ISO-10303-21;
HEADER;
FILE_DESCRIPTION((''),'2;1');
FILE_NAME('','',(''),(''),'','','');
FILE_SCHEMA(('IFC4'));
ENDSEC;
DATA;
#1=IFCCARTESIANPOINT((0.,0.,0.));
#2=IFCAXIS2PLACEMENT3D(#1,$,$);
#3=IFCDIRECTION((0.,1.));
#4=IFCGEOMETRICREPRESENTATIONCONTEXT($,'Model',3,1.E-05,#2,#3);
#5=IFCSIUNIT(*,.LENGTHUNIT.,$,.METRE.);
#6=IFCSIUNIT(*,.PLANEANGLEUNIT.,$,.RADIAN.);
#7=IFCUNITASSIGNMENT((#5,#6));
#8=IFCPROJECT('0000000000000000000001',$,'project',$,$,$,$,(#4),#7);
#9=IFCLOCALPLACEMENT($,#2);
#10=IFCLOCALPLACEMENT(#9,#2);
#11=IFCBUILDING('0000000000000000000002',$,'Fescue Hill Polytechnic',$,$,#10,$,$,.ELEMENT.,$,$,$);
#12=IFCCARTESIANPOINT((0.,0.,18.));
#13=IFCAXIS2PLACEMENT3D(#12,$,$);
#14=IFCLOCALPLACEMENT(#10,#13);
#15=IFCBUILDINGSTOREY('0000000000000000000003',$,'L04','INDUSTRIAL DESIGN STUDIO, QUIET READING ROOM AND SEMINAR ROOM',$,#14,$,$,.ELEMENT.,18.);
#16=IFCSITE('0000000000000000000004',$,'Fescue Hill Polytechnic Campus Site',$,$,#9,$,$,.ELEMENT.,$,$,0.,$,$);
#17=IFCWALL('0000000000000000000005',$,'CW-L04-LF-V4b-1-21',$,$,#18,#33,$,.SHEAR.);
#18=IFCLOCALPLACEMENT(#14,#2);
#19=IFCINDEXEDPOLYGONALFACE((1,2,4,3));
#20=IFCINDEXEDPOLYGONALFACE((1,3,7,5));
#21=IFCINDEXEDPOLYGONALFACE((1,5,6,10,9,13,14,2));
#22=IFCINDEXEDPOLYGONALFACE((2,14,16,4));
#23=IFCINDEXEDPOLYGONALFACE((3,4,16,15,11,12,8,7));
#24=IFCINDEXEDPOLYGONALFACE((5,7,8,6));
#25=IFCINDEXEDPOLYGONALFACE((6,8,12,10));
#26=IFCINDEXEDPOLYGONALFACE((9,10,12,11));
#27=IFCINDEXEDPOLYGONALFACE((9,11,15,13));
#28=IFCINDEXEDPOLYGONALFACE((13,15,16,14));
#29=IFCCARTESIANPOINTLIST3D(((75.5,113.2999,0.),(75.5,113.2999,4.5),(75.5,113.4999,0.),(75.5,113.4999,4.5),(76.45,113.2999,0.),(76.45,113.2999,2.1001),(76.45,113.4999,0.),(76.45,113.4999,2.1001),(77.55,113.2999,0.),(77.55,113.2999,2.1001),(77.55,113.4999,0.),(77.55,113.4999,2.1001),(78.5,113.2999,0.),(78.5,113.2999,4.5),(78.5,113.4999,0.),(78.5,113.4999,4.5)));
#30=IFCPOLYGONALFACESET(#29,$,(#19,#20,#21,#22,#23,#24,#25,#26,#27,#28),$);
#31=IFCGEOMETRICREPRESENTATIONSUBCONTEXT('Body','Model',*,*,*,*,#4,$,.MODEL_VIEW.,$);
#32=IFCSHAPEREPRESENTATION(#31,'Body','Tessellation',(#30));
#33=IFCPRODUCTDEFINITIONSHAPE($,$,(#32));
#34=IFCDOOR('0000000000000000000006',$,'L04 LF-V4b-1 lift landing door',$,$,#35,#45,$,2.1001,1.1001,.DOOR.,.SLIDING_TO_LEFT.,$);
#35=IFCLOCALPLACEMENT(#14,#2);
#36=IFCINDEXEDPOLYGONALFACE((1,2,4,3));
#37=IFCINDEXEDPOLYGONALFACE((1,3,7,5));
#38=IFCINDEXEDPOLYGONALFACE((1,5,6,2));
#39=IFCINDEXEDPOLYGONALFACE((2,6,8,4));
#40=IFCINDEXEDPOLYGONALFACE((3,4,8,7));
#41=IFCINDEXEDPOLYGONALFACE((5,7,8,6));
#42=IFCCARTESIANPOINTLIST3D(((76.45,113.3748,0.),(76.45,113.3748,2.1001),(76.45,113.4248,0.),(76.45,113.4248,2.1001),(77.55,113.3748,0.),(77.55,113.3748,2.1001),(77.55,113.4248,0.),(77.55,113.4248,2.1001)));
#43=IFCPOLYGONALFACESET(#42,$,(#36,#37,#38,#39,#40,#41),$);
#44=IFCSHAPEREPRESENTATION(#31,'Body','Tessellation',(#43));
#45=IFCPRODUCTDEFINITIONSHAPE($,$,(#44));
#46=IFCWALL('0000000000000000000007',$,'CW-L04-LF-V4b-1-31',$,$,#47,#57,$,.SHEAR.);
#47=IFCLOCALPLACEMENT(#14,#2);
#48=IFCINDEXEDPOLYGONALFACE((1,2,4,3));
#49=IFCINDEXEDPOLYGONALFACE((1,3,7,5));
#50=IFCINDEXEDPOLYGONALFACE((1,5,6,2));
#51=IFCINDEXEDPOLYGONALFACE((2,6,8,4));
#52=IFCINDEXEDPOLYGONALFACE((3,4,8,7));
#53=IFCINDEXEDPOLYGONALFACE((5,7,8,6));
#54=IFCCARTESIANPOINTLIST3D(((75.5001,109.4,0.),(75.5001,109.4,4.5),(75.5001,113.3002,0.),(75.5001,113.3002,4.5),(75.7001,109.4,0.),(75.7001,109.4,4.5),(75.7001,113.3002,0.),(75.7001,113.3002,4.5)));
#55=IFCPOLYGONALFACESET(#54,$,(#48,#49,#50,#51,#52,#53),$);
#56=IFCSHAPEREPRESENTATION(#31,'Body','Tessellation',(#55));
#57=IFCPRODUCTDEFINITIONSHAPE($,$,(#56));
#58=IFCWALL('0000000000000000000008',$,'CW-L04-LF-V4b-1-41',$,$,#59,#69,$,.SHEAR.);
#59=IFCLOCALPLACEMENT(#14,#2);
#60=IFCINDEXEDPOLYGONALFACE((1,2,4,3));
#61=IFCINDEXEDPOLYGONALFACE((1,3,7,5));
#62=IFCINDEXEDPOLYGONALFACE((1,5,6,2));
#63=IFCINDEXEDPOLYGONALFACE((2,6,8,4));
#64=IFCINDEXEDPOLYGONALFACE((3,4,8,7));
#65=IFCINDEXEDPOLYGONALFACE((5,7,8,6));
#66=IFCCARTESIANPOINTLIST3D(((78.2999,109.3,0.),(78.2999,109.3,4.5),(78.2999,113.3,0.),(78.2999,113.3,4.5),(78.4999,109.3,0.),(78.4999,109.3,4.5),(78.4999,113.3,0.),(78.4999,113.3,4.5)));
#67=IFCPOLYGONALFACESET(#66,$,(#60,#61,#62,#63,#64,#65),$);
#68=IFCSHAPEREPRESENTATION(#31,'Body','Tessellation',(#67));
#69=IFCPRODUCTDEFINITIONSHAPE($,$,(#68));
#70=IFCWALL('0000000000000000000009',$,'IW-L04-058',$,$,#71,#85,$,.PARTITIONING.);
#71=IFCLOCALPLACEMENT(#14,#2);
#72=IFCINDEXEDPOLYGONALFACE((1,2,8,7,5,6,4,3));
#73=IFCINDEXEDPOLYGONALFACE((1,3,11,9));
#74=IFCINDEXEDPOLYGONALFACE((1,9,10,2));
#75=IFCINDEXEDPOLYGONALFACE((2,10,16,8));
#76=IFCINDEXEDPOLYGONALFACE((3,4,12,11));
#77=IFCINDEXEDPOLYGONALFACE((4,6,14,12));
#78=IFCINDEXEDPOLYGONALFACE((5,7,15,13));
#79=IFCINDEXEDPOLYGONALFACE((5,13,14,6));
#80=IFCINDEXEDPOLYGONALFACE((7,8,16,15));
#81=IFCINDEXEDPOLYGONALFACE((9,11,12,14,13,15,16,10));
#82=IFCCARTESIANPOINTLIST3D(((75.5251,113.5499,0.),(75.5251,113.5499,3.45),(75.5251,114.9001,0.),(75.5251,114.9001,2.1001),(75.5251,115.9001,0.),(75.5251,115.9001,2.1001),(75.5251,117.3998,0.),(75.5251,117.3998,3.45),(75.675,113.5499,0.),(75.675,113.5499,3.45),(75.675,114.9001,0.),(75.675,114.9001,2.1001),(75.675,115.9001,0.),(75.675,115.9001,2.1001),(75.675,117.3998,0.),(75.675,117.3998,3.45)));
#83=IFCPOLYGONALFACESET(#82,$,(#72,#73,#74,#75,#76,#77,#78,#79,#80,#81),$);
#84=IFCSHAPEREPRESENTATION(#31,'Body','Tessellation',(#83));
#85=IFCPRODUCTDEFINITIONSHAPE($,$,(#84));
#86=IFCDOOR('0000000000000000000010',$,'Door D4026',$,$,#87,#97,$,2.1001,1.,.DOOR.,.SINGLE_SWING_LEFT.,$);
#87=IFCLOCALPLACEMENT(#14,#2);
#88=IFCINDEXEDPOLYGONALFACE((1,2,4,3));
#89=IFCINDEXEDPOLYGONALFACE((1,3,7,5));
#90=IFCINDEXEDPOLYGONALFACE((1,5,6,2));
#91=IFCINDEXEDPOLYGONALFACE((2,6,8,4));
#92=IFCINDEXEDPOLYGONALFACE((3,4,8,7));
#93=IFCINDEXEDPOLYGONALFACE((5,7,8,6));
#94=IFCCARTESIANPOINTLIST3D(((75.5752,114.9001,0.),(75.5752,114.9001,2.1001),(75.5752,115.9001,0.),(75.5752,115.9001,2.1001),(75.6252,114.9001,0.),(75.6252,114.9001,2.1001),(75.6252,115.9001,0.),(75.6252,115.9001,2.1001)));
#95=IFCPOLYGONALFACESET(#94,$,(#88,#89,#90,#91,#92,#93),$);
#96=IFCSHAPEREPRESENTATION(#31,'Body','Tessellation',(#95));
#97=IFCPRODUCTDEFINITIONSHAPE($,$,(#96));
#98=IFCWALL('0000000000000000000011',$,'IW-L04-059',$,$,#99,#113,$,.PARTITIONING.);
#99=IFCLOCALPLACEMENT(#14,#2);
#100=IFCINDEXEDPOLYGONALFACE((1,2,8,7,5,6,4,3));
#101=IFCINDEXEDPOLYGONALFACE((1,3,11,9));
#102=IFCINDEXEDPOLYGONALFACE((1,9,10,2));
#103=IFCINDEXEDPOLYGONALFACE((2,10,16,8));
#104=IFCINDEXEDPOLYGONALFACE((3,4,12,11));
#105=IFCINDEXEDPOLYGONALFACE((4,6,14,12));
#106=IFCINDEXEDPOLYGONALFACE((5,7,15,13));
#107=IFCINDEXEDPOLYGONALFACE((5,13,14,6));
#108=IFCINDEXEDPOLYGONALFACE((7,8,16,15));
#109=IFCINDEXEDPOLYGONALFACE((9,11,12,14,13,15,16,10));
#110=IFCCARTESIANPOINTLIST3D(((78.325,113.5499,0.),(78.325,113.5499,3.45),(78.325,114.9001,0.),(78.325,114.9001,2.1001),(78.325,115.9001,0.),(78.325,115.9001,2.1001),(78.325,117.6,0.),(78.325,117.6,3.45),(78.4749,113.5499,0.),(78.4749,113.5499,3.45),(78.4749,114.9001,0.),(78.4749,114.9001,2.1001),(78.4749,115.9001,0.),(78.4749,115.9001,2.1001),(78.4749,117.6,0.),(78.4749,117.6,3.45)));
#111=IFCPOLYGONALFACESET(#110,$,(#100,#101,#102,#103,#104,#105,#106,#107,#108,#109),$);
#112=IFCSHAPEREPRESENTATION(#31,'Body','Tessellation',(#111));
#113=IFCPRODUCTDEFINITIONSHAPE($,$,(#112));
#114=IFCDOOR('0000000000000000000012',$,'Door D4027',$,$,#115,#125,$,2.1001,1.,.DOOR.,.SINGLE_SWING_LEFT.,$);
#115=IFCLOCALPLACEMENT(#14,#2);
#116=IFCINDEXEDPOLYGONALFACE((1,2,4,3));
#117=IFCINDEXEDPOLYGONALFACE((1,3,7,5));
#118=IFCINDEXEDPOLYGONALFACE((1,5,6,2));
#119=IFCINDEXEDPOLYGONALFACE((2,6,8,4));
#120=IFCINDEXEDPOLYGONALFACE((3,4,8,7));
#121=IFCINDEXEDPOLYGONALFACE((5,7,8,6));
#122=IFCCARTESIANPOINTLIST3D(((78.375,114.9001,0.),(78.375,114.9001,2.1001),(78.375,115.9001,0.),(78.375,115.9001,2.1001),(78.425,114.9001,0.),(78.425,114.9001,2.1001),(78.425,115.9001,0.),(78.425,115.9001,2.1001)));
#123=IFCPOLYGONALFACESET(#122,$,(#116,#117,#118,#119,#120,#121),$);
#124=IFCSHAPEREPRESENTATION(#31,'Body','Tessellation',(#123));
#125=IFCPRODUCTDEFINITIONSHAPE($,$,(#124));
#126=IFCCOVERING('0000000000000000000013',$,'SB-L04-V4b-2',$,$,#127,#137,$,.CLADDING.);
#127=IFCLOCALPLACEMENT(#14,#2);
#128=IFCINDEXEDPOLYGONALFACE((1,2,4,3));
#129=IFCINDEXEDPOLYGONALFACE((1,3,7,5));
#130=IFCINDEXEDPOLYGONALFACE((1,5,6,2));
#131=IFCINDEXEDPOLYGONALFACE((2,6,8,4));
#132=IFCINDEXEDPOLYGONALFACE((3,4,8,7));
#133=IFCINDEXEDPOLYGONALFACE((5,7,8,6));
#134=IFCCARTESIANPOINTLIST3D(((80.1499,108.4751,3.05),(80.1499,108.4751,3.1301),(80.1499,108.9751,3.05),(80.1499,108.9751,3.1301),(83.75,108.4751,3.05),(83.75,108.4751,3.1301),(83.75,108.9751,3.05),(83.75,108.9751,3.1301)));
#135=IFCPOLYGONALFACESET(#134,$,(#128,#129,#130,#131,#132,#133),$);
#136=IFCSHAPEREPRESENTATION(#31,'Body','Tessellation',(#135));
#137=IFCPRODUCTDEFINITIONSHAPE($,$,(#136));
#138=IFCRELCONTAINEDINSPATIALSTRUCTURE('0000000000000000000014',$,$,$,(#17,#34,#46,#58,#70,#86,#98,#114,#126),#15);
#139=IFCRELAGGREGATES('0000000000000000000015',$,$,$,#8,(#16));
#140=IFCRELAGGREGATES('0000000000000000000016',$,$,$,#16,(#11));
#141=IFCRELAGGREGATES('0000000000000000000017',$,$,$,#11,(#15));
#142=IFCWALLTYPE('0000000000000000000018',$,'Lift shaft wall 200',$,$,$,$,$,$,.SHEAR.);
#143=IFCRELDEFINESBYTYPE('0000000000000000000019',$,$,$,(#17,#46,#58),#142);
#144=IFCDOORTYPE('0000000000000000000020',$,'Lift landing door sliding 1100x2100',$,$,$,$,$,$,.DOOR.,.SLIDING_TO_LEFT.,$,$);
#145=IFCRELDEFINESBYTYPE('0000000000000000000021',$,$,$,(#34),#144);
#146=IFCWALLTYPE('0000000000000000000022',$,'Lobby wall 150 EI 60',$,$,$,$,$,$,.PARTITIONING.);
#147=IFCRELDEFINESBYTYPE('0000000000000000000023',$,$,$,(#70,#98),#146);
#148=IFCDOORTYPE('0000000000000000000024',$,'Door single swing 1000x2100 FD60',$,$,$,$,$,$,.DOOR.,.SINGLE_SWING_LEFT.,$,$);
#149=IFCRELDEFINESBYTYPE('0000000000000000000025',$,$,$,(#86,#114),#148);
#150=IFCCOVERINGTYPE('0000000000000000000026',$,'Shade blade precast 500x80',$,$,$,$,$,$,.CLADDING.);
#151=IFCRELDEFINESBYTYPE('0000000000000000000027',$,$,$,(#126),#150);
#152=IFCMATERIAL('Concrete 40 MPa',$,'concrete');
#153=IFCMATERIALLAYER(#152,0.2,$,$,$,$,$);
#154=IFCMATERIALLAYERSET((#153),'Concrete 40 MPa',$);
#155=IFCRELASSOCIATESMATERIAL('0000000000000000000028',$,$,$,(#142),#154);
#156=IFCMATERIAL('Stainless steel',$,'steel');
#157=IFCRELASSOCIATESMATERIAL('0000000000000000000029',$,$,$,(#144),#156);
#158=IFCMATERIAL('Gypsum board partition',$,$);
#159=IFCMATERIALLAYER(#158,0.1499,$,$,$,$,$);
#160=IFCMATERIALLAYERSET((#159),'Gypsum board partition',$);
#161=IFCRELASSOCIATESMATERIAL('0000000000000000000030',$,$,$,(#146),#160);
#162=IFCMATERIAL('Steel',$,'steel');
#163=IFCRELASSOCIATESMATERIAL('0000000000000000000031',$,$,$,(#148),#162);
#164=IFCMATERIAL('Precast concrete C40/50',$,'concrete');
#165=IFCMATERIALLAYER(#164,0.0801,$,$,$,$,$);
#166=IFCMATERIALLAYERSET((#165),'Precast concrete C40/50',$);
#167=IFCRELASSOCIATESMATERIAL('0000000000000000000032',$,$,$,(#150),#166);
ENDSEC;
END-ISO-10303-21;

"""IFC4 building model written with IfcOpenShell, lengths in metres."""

from ifc_helpers import new_model, si_unit, direction, frame, frame_2d, origin, origin_2d, place, context, subcontext, project, spatial, rectangle, extrude, material, layer, layer_set, type_object, element, fill, save


model = new_model("IFC4")

# Units and contexts
model_context = context("Model", 3, precision=1e-05, world=origin(), true_north=direction((0.0, 1.0)))
body_context = subcontext(model_context, "Body", "Model", "MODEL_VIEW")
ifc_project = project(units=[si_unit("LENGTHUNIT", "METRE"), si_unit("PLANEANGLEUNIT", "RADIAN")], contexts=[model_context])

# Site, building, storey
site_placement = place(None, origin())
site = spatial("IfcSite", under=ifc_project, at=site_placement, Name="Fescue Hill Polytechnic Campus Site", CompositionType="ELEMENT", RefElevation=0.0)
building_placement = place(site_placement, origin())
building = spatial("IfcBuilding", under=site, at=building_placement, Name="Fescue Hill Polytechnic", CompositionType="ELEMENT")
storey_placement = place(building_placement, frame((0.0, 0.0, 18.0)))
storey = spatial("IfcBuildingStorey", under=building, at=storey_placement, Name="L04", Description="INDUSTRIAL DESIGN STUDIO, QUIET READING ROOM AND SEMINAR ROOM", CompositionType="ELEMENT", Elevation=18.0)

# Shared definitions
ifc_material_1 = material(Name="Concrete 40 MPa", Category="concrete")

# Wall, opening, door
ifc_layer_1 = layer(ifc_material_1, 0.2)
ifc_layer_set_1 = layer_set([ifc_layer_1], Name="Concrete 40 MPa")
wall_type_1 = type_object("IfcWallType", Name="Lift shaft wall 200", PredefinedType="SHEAR", material=ifc_layer_set_1)
wall_1_placement = place(storey_placement, frame((75.5, 113.3999, 0.0), z_axis=(0.0, 0.0, 1.0), x_axis=(1.0, 0.0, 0.0)))
wall_1 = element("IfcWall", 1, at=wall_1_placement, inside=storey, type_object=wall_type_1, Name="CW-L04-LF-V4b-1-21", PredefinedType="SHEAR", context=body_context, shape_type="SweptSolid", body=[
    extrude(rectangle(XDim=3.0, YDim=0.2, at=frame_2d((1.5, 0.0))), origin(), (0.0, 0.0, 1.0), 4.5),
])
opening_1_placement = place(wall_1_placement, frame((0.95, 0.0, 0.0)))
opening_1 = element("IfcOpeningElement", 2, at=opening_1_placement, cuts=wall_1, PredefinedType="OPENING", context=body_context, shape_type="SweptSolid", body=[
    extrude(rectangle(XDim=1.1001, YDim=2.1001, at=frame_2d((0.55, 1.05))), frame((0.0, 0.1099, 0.0), z_axis=(0.0, -1.0, 0.0), x_axis=(1.0, 0.0, 0.0)), (0.0, 0.0, 1.0), 0.22),
])
ifc_material_2 = material(Name="Stainless steel", Category="steel")
door_type_1 = type_object("IfcDoorType", Name="Lift landing door sliding 1100x2100", OperationType="SLIDING_TO_LEFT", PredefinedType="DOOR", material=ifc_material_2)
door_1_placement = place(opening_1_placement, origin())
door_1 = element("IfcDoor", 3, at=door_1_placement, inside=storey, type_object=door_type_1, Name="L04 LF-V4b-1 lift landing door", OperationType="SLIDING_TO_LEFT", OverallHeight=2.1001, OverallWidth=1.1001, PredefinedType="DOOR", context=body_context, shape_type="SweptSolid", body=[
    extrude(rectangle(XDim=1.1001, YDim=2.1001, at=frame_2d((0.55, 1.05))), frame((0.0, 0.0249, 0.0), z_axis=(0.0, -1.0, 0.0), x_axis=(1.0, 0.0, 0.0)), (0.0, 0.0, 1.0), 0.05),
])
fill(opening_1, door_1)

# Walls
wall_2_placement = place(storey_placement, frame((75.6001, 109.3999, 0.0), z_axis=(0.0, 0.0, 1.0), x_axis=(0.0, 1.0, 0.0)))
element("IfcWall", 4, at=wall_2_placement, inside=storey, type_object=wall_type_1, Name="CW-L04-LF-V4b-1-31", PredefinedType="SHEAR", context=body_context, shape_type="SweptSolid", body=[
    extrude(rectangle(XDim=3.9001, YDim=0.2, at=frame_2d((1.9502, 0.0))), origin(), (0.0, 0.0, 1.0), 4.5),
])
wall_3_placement = place(storey_placement, frame((78.3999, 109.3, 0.0), z_axis=(0.0, 0.0, 1.0), x_axis=(0.0, 1.0, 0.0)))
element("IfcWall", 5, at=wall_3_placement, inside=storey, type_object=wall_type_1, Name="CW-L04-LF-V4b-1-41", PredefinedType="SHEAR", context=body_context, shape_type="SweptSolid", body=[
    extrude(rectangle(XDim=4.0, YDim=0.2, at=frame_2d((2.0, 0.0))), origin(), (0.0, 0.0, 1.0), 4.5),
])

# Walls, openings, doors
ifc_material_3 = material(Name="Gypsum board partition")
ifc_layer_2 = layer(ifc_material_3, 0.1499)
ifc_layer_set_2 = layer_set([ifc_layer_2], Name="Gypsum board partition")
wall_type_2 = type_object("IfcWallType", Name="Lobby wall 150 EI 60", PredefinedType="PARTITIONING", material=ifc_layer_set_2)
wall_4_placement = place(storey_placement, frame((75.6001, 113.55, 0.0), z_axis=(0.0, 0.0, 1.0), x_axis=(0.0, 1.0, 0.0)))
wall_4 = element("IfcWall", 6, at=wall_4_placement, inside=storey, type_object=wall_type_2, Name="IW-L04-058", PredefinedType="PARTITIONING", context=body_context, shape_type="SweptSolid", body=[
    extrude(rectangle(XDim=3.8499, YDim=0.1499, at=frame_2d((1.9248, 0.0))), origin(), (0.0, 0.0, 1.0), 3.45),
])
opening_2_placement = place(wall_4_placement, frame((1.3501, 0.0, 0.0)))
opening_2 = element("IfcOpeningElement", 7, at=opening_2_placement, cuts=wall_4, PredefinedType="OPENING", context=body_context, shape_type="SweptSolid", body=[
    extrude(rectangle(XDim=1.0, YDim=2.1001, at=frame_2d((0.5, 1.05))), frame((0.0, 0.085, 0.0), z_axis=(0.0, -1.0, 0.0), x_axis=(1.0, 0.0, 0.0)), (0.0, 0.0, 1.0), 0.1699),
])
ifc_material_4 = material(Name="Steel", Category="steel")
door_type_2 = type_object("IfcDoorType", Name="Door single swing 1000x2100 FD60", OperationType="SINGLE_SWING_LEFT", PredefinedType="DOOR", material=ifc_material_4)
door_2_placement = place(opening_2_placement, origin())
door_2 = element("IfcDoor", 8, at=door_2_placement, inside=storey, type_object=door_type_2, Name="Door D4026", OperationType="SINGLE_SWING_LEFT", OverallHeight=2.1001, OverallWidth=1.0, PredefinedType="DOOR", context=body_context, shape_type="SweptSolid", body=[
    extrude(rectangle(XDim=1.0, YDim=2.1001, at=frame_2d((0.5, 1.05))), frame((0.0, 0.0249, 0.0), z_axis=(0.0, -1.0, 0.0), x_axis=(1.0, 0.0, 0.0)), (0.0, 0.0, 1.0), 0.05),
])
fill(opening_2, door_2)
wall_5_placement = place(storey_placement, frame((78.3999, 113.55, 0.0), z_axis=(0.0, 0.0, 1.0), x_axis=(0.0, 1.0, 0.0)))
wall_5 = element("IfcWall", 9, at=wall_5_placement, inside=storey, type_object=wall_type_2, Name="IW-L04-059", PredefinedType="PARTITIONING", context=body_context, shape_type="SweptSolid", body=[
    extrude(rectangle(XDim=4.05, YDim=0.1499, at=frame_2d((2.0249, 0.0))), origin(), (0.0, 0.0, 1.0), 3.45),
])
opening_3_placement = place(wall_5_placement, frame((1.3501, 0.0, 0.0)))
opening_3 = element("IfcOpeningElement", 10, at=opening_3_placement, cuts=wall_5, PredefinedType="OPENING", context=body_context, shape_type="SweptSolid", body=[
    extrude(rectangle(XDim=1.0, YDim=2.1001, at=frame_2d((0.5, 1.05))), frame((0.0, 0.085, 0.0), z_axis=(0.0, -1.0, 0.0), x_axis=(1.0, 0.0, 0.0)), (0.0, 0.0, 1.0), 0.1699),
])
door_3_placement = place(opening_3_placement, origin())
door_3 = element("IfcDoor", 11, at=door_3_placement, inside=storey, type_object=door_type_2, Name="Door D4027", OperationType="SINGLE_SWING_LEFT", OverallHeight=2.1001, OverallWidth=1.0, PredefinedType="DOOR", context=body_context, shape_type="SweptSolid", body=[
    extrude(rectangle(XDim=1.0, YDim=2.1001, at=frame_2d((0.5, 1.05))), frame((0.0, 0.0249, 0.0), z_axis=(0.0, -1.0, 0.0), x_axis=(1.0, 0.0, 0.0)), (0.0, 0.0, 1.0), 0.05),
])
fill(opening_3, door_3)

# Covering
ifc_material_5 = material(Name="Precast concrete C40/50", Category="concrete")
ifc_layer_3 = layer(ifc_material_5, 0.0801)
ifc_layer_set_3 = layer_set([ifc_layer_3], Name="Precast concrete C40/50")
covering_type = type_object("IfcCoveringType", Name="Shade blade precast 500x80", PredefinedType="CLADDING", material=ifc_layer_set_3)
covering_placement = place(storey_placement, frame((81.95, 108.7251, 3.05), z_axis=(0.0, 0.0, 1.0), x_axis=(1.0, 0.0, 0.0)))
element("IfcCovering", 12, at=covering_placement, inside=storey, type_object=covering_type, Name="SB-L04-V4b-2", PredefinedType="CLADDING", context=body_context, shape_type="SweptSolid", body=[
    extrude(rectangle(XDim=3.6001, YDim=0.5, at=origin_2d()), origin(), (0.0, 0.0, 1.0), 0.0801),
])

save(model, "model.ifc")
